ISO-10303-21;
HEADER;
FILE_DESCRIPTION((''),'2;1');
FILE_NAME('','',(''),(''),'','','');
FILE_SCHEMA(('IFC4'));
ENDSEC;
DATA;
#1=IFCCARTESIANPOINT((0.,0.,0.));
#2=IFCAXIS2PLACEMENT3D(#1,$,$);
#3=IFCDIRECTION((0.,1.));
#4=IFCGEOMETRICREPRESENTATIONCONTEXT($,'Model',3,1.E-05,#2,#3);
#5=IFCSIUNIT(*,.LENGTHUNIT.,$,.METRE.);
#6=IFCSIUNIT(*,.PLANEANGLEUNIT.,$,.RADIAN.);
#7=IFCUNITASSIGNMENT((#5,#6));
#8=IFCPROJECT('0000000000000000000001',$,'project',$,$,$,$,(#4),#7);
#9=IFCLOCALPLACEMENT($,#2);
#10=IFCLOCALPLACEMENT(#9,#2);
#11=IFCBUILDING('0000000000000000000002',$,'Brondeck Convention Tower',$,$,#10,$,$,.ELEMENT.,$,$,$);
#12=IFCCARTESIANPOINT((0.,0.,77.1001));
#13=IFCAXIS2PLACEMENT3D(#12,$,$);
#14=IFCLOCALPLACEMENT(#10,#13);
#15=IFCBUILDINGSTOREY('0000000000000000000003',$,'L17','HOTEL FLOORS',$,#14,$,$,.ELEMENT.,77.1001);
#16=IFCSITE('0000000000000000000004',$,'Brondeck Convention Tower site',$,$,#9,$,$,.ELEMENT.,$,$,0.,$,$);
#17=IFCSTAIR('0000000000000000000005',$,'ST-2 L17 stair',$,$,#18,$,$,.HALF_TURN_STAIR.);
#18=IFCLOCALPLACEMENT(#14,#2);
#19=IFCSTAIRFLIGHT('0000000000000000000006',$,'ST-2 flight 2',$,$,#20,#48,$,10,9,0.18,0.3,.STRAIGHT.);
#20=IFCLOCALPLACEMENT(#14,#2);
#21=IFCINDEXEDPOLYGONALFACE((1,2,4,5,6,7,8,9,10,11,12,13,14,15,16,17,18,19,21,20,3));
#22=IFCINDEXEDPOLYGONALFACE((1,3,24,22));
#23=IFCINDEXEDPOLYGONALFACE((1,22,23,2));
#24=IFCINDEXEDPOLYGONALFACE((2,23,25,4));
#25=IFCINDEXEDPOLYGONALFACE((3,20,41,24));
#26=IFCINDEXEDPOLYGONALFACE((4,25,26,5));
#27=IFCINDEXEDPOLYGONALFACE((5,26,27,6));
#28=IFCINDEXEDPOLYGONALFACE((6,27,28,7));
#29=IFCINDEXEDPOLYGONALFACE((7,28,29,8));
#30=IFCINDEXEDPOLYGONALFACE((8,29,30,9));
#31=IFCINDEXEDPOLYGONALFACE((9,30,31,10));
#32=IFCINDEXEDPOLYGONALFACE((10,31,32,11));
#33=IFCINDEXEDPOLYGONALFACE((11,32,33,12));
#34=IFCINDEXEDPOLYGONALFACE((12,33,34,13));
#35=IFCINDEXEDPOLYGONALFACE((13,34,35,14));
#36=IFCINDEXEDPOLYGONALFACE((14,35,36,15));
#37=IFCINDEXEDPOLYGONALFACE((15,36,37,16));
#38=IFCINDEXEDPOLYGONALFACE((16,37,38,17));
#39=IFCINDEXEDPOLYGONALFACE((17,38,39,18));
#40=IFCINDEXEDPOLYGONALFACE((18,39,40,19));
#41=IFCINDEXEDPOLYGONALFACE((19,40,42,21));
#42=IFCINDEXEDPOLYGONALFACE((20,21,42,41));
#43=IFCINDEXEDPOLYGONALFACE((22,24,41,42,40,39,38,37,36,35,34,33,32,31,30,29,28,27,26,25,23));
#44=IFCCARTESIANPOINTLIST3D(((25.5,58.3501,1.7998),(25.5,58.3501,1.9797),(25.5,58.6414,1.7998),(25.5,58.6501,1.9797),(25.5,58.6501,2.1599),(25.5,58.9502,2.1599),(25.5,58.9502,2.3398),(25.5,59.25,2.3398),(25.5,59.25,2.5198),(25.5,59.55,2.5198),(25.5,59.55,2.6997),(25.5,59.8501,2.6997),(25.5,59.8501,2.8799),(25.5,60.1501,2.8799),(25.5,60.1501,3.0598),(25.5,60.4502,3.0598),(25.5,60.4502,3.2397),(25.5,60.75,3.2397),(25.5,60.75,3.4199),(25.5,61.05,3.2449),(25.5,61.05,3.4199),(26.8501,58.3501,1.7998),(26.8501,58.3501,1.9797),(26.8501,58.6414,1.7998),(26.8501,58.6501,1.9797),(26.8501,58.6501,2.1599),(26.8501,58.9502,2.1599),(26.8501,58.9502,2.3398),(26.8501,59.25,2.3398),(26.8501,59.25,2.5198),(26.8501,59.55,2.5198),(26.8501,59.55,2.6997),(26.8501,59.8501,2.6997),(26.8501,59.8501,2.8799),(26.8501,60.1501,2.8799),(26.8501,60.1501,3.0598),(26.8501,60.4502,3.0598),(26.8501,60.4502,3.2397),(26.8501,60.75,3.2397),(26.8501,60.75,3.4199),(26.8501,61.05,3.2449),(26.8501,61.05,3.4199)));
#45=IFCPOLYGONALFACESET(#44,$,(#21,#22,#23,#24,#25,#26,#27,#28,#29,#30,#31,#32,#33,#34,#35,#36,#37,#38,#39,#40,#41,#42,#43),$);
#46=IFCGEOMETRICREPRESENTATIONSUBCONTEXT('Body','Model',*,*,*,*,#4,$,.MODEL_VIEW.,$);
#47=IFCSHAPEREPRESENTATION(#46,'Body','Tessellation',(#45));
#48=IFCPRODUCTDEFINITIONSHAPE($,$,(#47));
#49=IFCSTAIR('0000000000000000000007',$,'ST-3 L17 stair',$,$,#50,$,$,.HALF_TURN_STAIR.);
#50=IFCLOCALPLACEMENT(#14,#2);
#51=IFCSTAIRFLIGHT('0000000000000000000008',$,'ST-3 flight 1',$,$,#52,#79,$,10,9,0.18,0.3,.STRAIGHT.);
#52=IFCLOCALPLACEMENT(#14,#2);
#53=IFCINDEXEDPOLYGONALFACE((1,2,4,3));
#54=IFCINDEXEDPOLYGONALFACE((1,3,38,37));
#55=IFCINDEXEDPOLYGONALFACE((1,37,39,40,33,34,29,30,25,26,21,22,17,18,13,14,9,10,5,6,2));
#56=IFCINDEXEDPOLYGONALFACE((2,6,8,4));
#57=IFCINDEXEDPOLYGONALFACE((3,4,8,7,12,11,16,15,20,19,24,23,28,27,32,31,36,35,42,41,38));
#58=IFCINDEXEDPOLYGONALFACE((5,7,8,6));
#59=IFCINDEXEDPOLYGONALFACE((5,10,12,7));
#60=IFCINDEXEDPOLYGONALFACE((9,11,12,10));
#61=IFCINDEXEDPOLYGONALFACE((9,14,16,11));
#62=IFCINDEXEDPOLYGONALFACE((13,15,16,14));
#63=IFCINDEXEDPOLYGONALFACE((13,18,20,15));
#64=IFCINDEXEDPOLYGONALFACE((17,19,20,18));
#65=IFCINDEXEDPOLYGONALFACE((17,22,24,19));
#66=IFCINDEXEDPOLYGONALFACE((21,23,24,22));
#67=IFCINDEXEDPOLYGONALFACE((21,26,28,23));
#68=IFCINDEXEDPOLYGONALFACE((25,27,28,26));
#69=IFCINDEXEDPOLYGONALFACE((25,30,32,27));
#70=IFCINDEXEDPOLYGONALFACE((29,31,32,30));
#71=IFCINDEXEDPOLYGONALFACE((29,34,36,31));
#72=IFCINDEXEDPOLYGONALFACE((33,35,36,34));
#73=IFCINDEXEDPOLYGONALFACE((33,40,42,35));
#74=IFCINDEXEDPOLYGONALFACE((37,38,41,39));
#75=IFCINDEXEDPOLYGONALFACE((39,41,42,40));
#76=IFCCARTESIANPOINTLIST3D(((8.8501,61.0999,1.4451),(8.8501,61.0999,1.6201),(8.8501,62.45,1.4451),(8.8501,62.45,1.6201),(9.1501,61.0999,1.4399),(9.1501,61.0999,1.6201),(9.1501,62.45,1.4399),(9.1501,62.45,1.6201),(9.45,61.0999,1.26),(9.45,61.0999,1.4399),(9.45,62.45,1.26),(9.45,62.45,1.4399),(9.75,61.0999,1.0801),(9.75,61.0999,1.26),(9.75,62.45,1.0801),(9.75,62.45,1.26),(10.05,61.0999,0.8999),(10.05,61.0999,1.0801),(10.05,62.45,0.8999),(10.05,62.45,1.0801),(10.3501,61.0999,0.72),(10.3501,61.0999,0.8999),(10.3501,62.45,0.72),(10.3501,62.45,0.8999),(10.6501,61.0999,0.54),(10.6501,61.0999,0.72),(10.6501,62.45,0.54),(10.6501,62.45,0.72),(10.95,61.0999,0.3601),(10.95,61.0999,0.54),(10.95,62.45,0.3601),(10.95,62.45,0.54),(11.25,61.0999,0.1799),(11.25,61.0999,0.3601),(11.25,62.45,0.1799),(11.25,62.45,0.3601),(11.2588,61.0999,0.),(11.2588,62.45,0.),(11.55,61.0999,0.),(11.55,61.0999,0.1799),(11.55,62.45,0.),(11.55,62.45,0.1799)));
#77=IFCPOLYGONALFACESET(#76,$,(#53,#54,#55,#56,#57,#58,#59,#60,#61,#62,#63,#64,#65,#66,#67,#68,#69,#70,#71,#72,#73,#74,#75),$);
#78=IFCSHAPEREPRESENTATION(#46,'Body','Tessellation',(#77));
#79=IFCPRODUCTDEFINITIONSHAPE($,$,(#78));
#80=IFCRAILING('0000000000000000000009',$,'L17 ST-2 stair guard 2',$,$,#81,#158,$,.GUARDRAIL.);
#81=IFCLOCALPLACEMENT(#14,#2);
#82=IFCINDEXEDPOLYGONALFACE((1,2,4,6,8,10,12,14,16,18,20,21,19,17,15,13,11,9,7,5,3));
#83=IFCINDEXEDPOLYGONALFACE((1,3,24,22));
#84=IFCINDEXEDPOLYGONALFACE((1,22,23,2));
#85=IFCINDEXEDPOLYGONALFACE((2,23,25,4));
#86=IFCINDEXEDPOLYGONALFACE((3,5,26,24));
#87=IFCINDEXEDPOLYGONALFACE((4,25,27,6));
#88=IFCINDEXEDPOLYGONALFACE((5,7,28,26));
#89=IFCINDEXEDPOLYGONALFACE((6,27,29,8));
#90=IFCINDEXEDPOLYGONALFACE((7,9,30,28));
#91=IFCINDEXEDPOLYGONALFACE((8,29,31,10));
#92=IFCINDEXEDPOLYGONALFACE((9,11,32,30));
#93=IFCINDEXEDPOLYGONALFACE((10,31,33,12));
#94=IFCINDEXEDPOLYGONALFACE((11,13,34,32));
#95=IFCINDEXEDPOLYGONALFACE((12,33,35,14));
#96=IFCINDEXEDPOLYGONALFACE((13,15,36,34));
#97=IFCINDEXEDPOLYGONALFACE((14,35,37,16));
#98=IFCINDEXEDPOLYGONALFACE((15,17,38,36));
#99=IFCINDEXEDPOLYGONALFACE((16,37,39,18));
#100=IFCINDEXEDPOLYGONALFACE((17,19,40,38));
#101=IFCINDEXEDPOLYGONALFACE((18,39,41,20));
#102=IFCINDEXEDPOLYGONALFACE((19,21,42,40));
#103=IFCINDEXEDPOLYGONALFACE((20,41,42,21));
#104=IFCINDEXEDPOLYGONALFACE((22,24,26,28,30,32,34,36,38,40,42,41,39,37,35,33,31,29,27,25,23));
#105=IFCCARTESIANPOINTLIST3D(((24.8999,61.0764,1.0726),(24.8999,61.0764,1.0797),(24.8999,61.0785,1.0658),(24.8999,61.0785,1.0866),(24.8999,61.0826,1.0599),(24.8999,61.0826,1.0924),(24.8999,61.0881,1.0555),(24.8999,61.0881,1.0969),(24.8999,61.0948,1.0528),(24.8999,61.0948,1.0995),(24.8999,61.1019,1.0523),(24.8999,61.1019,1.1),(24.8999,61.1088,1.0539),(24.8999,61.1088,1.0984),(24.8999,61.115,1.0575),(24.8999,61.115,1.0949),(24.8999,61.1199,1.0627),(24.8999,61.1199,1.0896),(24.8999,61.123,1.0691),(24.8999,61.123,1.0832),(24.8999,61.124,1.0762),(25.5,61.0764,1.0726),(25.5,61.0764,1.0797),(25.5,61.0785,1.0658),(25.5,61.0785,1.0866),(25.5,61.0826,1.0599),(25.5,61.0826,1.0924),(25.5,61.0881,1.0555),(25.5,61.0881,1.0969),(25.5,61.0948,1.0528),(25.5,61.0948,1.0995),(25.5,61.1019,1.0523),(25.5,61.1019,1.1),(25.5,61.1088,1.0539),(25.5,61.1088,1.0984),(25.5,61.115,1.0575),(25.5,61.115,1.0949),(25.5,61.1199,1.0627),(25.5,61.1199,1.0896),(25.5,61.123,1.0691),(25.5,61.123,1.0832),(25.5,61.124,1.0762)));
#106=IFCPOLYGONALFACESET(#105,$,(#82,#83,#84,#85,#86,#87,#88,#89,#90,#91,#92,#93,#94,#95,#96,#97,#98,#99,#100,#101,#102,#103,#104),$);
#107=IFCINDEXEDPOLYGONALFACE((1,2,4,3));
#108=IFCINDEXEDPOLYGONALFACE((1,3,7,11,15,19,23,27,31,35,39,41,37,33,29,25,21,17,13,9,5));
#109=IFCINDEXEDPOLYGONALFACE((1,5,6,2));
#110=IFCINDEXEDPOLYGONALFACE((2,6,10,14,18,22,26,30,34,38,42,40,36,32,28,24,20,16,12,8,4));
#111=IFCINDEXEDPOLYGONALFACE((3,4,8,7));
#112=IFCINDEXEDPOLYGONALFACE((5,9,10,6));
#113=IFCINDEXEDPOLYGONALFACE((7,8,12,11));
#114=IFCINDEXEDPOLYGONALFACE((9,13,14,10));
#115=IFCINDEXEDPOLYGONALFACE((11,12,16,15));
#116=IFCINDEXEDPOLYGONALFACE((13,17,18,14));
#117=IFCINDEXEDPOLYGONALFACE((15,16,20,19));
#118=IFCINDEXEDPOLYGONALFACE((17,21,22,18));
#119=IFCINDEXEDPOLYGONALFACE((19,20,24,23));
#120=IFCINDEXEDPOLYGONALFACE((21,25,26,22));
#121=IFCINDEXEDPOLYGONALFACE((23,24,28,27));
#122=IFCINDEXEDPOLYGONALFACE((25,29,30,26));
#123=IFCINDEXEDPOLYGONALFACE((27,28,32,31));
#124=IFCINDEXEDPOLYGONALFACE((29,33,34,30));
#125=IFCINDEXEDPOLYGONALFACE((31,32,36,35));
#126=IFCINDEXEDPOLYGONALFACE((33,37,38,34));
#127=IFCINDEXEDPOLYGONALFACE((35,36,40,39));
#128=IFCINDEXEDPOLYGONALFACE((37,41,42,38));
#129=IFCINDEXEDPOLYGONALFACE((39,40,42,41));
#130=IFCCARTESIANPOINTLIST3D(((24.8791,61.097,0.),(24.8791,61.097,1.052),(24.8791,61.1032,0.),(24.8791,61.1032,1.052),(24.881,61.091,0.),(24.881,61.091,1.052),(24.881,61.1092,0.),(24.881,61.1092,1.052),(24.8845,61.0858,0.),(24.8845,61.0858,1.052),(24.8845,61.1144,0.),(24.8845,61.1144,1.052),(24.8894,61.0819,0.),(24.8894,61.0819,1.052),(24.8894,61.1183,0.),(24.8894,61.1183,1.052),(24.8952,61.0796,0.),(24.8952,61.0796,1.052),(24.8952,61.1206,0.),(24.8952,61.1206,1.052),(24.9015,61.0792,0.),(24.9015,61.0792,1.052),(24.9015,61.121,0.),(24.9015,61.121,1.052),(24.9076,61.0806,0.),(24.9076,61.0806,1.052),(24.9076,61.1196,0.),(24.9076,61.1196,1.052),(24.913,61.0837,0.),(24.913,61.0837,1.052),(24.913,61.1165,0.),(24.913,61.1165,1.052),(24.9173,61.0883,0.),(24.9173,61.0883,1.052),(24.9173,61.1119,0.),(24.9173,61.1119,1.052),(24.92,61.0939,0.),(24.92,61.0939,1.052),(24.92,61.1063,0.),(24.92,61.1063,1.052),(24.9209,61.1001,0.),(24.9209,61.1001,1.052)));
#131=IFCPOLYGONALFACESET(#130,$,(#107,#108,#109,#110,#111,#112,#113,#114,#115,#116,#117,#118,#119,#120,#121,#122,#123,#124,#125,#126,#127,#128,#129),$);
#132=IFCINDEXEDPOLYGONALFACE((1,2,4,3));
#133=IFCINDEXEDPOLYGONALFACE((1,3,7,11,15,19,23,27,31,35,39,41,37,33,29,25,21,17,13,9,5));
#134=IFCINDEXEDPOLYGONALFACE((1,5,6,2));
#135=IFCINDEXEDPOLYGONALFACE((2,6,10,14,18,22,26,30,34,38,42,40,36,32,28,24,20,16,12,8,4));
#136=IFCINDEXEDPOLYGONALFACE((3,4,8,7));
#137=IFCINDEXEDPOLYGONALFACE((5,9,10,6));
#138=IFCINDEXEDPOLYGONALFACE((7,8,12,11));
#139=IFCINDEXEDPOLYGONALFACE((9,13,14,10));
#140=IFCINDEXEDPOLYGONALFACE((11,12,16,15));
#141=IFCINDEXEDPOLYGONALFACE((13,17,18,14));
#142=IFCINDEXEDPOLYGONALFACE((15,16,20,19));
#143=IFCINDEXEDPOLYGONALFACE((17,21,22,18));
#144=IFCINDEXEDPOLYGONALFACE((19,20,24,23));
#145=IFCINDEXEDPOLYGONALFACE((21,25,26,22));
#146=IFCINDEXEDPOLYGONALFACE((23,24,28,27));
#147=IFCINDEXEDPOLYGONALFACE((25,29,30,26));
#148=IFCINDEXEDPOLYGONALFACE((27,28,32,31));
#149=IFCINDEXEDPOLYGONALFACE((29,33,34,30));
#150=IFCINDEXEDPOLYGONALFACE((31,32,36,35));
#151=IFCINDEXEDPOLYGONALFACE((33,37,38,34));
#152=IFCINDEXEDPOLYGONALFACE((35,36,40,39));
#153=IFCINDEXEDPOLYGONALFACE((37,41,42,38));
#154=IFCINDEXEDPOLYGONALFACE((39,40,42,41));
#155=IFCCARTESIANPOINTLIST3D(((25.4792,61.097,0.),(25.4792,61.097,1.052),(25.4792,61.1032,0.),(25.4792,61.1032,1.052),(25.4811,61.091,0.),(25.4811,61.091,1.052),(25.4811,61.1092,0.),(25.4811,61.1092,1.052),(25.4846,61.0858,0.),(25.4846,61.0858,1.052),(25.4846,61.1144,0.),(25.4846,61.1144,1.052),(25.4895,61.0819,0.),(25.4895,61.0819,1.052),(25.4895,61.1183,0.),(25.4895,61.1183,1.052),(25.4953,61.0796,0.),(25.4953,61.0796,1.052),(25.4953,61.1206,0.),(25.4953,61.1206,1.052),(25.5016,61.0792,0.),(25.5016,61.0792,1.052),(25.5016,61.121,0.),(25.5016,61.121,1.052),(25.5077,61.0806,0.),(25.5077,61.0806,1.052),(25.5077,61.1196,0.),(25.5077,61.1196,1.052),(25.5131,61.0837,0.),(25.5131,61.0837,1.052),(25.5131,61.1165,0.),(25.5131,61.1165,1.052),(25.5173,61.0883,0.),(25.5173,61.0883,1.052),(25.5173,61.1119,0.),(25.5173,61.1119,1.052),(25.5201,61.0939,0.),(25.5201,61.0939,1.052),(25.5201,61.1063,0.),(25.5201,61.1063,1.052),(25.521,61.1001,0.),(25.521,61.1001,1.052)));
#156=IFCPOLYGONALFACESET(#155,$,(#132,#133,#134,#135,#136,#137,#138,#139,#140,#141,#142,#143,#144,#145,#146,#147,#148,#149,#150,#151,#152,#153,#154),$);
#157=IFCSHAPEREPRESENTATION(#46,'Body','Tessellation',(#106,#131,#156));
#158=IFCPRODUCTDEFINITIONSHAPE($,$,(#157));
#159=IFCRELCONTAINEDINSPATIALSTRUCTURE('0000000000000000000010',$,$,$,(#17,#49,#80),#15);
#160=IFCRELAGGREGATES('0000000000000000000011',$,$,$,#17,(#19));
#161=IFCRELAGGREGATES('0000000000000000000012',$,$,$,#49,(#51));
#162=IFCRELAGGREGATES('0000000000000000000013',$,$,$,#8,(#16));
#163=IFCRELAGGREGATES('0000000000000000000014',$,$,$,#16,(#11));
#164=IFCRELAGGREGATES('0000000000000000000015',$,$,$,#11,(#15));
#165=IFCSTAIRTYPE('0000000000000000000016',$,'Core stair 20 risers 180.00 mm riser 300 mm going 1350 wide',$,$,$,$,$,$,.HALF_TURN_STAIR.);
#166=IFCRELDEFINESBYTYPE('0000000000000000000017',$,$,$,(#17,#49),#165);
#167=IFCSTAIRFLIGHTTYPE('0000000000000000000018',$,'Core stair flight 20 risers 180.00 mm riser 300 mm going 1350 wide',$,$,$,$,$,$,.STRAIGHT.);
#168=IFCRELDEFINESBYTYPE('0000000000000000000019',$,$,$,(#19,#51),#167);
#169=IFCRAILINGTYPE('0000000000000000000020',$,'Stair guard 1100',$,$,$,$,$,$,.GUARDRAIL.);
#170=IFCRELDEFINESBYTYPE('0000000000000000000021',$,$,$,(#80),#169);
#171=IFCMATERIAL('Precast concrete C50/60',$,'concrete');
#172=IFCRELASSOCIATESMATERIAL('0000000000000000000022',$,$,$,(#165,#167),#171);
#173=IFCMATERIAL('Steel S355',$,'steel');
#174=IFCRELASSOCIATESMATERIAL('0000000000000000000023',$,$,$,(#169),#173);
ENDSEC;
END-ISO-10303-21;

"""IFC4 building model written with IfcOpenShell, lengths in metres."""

from ifc_helpers import new_model, si_unit, direction, frame, origin, origin_2d, place, context, subcontext, project, spatial, polyline, circle, outline, extrude, material, type_object, element, aggregate, save


model = new_model("IFC4")

# Units and contexts
model_context = context("Model", 3, precision=1e-05, world=origin(), true_north=direction((0.0, 1.0)))
body_context = subcontext(model_context, "Body", "Model", "MODEL_VIEW")
ifc_project = project(units=[si_unit("LENGTHUNIT", "METRE"), si_unit("PLANEANGLEUNIT", "RADIAN")], contexts=[model_context])

# Site, building, storey
site_placement = place(None, origin())
site = spatial("IfcSite", under=ifc_project, at=site_placement, Name="Brondeck Convention Tower site", CompositionType="ELEMENT", RefElevation=0.0)
building_placement = place(site_placement, origin())
building = spatial("IfcBuilding", under=site, at=building_placement, Name="Brondeck Convention Tower", CompositionType="ELEMENT")
storey_placement = place(building_placement, frame((0.0, 0.0, 77.1001)))
storey = spatial("IfcBuildingStorey", under=building, at=storey_placement, Name="L17", Description="HOTEL FLOORS", CompositionType="ELEMENT", Elevation=77.1001)

# Stair, stair flight
ifc_material_1 = material(Name="Precast concrete C50/60", Category="concrete")
stair_type = type_object("IfcStairType", Name="Core stair 20 risers 180.00 mm riser 300 mm going 1350 wide", PredefinedType="HALF_TURN_STAIR", material=ifc_material_1)
stair_1_placement = place(storey_placement, origin())
stair_1 = element("IfcStair", 1, at=stair_1_placement, inside=storey, type_object=stair_type, Name="ST-2 L17 stair", PredefinedType="HALF_TURN_STAIR")
stair_flight_type = type_object("IfcStairFlightType", Name="Core stair flight 20 risers 180.00 mm riser 300 mm going 1350 wide", PredefinedType="STRAIGHT", material=ifc_material_1)
stair_flight_1_placement = place(storey_placement, frame((26.175, 58.3501, 1.7998), z_axis=(0.0, 0.0, 1.0), x_axis=(0.0, 1.0, 0.0)))
stair_flight_1 = element("IfcStairFlight", 2, at=stair_flight_1_placement, type_object=stair_flight_type, Name="ST-2 flight 2", NumberOfRisers=10, NumberOfTreads=9, PredefinedType="STRAIGHT", RiserHeight=0.18, TreadLength=0.3, context=body_context, shape_type="SweptSolid", body=[
    extrude(outline(polyline([(0.0, 0.0), (0.0, 0.1799), (0.3, 0.1799), (0.3, 0.3601), (0.6001, 0.3601), (0.6001, 0.54), (0.8999, 0.54), (0.8999, 0.72), (1.2, 0.72), (1.2, 0.8999), (1.5, 0.8999), (1.5, 1.0801), (1.8, 1.0801), (1.8, 1.26), (2.1001, 1.26), (2.1001, 1.4399), (2.3999, 1.4399), (2.3999, 1.6201), (2.7, 1.6201), (2.7, 1.8), (2.7, 1.4451), (0.2913, 0.0), (0.0, 0.0)])), frame((0.0, 0.675, 0.0), z_axis=(0.0, -1.0, 0.0), x_axis=(1.0, 0.0, 0.0)), (0.0, 0.0, 1.0), 1.3501),
])
aggregate(stair_1, [stair_flight_1])

# Stair, stair flight
stair_2_placement = place(storey_placement, origin())
stair_2 = element("IfcStair", 3, at=stair_2_placement, inside=storey, type_object=stair_type, Name="ST-3 L17 stair", PredefinedType="HALF_TURN_STAIR")
stair_flight_2_placement = place(storey_placement, frame((11.55, 61.7749, 0.0), z_axis=(0.0, 0.0, 1.0), x_axis=(-1.0, 0.0, 0.0)))
stair_flight_2 = element("IfcStairFlight", 4, at=stair_flight_2_placement, type_object=stair_flight_type, Name="ST-3 flight 1", NumberOfRisers=10, NumberOfTreads=9, PredefinedType="STRAIGHT", RiserHeight=0.18, TreadLength=0.3, context=body_context, shape_type="SweptSolid", body=[
    extrude(outline(polyline([(0.0, 0.0), (0.0, 0.1799), (0.3, 0.1799), (0.3, 0.3601), (0.6001, 0.3601), (0.6001, 0.54), (0.8999, 0.54), (0.8999, 0.72), (1.2, 0.72), (1.2, 0.8999), (1.5, 0.8999), (1.5, 1.0801), (1.8, 1.0801), (1.8, 1.26), (2.1001, 1.26), (2.1001, 1.4399), (2.3999, 1.4399), (2.3999, 1.6201), (2.7, 1.6201), (2.7, 1.8), (2.7, 1.4451), (0.2913, 0.0), (0.0, 0.0)])), frame((0.0, 0.675, 0.0), z_axis=(0.0, -1.0, 0.0), x_axis=(1.0, 0.0, 0.0)), (0.0, 0.0, 1.0), 1.3501),
])
aggregate(stair_2, [stair_flight_2])

# Railing
ifc_material_2 = material(Name="Steel S355", Category="steel")
railing_type_1 = type_object("IfcRailingType", Name="Stair guard 1100", PredefinedType="GUARDRAIL", material=ifc_material_2)
railing_1_placement = place(storey_placement, frame((24.8999, 61.1001, 0.0)))
element("IfcRailing", 5, at=railing_1_placement, inside=storey, type_object=railing_type_1, Name="L17 ST-2 stair guard 2", PredefinedType="GUARDRAIL", context=body_context, shape_type="SweptSolid", body=[
    extrude(circle(Radius=0.0239, at=origin_2d()), frame((0.0, 0.0, 1.0762), z_axis=(1.0, 0.0, 0.0), x_axis=(0.0, 1.0, 0.0)), (0.0, 0.0, 1.0), 0.6001),
    extrude(circle(Radius=0.021, at=origin_2d()), origin(), (0.0, 0.0, 1.0), 1.052),
    extrude(circle(Radius=0.021, at=origin_2d()), frame((0.6001, 0.0, 0.0)), (0.0, 0.0, 1.0), 1.052),
])

save(model, "model.ifc")
